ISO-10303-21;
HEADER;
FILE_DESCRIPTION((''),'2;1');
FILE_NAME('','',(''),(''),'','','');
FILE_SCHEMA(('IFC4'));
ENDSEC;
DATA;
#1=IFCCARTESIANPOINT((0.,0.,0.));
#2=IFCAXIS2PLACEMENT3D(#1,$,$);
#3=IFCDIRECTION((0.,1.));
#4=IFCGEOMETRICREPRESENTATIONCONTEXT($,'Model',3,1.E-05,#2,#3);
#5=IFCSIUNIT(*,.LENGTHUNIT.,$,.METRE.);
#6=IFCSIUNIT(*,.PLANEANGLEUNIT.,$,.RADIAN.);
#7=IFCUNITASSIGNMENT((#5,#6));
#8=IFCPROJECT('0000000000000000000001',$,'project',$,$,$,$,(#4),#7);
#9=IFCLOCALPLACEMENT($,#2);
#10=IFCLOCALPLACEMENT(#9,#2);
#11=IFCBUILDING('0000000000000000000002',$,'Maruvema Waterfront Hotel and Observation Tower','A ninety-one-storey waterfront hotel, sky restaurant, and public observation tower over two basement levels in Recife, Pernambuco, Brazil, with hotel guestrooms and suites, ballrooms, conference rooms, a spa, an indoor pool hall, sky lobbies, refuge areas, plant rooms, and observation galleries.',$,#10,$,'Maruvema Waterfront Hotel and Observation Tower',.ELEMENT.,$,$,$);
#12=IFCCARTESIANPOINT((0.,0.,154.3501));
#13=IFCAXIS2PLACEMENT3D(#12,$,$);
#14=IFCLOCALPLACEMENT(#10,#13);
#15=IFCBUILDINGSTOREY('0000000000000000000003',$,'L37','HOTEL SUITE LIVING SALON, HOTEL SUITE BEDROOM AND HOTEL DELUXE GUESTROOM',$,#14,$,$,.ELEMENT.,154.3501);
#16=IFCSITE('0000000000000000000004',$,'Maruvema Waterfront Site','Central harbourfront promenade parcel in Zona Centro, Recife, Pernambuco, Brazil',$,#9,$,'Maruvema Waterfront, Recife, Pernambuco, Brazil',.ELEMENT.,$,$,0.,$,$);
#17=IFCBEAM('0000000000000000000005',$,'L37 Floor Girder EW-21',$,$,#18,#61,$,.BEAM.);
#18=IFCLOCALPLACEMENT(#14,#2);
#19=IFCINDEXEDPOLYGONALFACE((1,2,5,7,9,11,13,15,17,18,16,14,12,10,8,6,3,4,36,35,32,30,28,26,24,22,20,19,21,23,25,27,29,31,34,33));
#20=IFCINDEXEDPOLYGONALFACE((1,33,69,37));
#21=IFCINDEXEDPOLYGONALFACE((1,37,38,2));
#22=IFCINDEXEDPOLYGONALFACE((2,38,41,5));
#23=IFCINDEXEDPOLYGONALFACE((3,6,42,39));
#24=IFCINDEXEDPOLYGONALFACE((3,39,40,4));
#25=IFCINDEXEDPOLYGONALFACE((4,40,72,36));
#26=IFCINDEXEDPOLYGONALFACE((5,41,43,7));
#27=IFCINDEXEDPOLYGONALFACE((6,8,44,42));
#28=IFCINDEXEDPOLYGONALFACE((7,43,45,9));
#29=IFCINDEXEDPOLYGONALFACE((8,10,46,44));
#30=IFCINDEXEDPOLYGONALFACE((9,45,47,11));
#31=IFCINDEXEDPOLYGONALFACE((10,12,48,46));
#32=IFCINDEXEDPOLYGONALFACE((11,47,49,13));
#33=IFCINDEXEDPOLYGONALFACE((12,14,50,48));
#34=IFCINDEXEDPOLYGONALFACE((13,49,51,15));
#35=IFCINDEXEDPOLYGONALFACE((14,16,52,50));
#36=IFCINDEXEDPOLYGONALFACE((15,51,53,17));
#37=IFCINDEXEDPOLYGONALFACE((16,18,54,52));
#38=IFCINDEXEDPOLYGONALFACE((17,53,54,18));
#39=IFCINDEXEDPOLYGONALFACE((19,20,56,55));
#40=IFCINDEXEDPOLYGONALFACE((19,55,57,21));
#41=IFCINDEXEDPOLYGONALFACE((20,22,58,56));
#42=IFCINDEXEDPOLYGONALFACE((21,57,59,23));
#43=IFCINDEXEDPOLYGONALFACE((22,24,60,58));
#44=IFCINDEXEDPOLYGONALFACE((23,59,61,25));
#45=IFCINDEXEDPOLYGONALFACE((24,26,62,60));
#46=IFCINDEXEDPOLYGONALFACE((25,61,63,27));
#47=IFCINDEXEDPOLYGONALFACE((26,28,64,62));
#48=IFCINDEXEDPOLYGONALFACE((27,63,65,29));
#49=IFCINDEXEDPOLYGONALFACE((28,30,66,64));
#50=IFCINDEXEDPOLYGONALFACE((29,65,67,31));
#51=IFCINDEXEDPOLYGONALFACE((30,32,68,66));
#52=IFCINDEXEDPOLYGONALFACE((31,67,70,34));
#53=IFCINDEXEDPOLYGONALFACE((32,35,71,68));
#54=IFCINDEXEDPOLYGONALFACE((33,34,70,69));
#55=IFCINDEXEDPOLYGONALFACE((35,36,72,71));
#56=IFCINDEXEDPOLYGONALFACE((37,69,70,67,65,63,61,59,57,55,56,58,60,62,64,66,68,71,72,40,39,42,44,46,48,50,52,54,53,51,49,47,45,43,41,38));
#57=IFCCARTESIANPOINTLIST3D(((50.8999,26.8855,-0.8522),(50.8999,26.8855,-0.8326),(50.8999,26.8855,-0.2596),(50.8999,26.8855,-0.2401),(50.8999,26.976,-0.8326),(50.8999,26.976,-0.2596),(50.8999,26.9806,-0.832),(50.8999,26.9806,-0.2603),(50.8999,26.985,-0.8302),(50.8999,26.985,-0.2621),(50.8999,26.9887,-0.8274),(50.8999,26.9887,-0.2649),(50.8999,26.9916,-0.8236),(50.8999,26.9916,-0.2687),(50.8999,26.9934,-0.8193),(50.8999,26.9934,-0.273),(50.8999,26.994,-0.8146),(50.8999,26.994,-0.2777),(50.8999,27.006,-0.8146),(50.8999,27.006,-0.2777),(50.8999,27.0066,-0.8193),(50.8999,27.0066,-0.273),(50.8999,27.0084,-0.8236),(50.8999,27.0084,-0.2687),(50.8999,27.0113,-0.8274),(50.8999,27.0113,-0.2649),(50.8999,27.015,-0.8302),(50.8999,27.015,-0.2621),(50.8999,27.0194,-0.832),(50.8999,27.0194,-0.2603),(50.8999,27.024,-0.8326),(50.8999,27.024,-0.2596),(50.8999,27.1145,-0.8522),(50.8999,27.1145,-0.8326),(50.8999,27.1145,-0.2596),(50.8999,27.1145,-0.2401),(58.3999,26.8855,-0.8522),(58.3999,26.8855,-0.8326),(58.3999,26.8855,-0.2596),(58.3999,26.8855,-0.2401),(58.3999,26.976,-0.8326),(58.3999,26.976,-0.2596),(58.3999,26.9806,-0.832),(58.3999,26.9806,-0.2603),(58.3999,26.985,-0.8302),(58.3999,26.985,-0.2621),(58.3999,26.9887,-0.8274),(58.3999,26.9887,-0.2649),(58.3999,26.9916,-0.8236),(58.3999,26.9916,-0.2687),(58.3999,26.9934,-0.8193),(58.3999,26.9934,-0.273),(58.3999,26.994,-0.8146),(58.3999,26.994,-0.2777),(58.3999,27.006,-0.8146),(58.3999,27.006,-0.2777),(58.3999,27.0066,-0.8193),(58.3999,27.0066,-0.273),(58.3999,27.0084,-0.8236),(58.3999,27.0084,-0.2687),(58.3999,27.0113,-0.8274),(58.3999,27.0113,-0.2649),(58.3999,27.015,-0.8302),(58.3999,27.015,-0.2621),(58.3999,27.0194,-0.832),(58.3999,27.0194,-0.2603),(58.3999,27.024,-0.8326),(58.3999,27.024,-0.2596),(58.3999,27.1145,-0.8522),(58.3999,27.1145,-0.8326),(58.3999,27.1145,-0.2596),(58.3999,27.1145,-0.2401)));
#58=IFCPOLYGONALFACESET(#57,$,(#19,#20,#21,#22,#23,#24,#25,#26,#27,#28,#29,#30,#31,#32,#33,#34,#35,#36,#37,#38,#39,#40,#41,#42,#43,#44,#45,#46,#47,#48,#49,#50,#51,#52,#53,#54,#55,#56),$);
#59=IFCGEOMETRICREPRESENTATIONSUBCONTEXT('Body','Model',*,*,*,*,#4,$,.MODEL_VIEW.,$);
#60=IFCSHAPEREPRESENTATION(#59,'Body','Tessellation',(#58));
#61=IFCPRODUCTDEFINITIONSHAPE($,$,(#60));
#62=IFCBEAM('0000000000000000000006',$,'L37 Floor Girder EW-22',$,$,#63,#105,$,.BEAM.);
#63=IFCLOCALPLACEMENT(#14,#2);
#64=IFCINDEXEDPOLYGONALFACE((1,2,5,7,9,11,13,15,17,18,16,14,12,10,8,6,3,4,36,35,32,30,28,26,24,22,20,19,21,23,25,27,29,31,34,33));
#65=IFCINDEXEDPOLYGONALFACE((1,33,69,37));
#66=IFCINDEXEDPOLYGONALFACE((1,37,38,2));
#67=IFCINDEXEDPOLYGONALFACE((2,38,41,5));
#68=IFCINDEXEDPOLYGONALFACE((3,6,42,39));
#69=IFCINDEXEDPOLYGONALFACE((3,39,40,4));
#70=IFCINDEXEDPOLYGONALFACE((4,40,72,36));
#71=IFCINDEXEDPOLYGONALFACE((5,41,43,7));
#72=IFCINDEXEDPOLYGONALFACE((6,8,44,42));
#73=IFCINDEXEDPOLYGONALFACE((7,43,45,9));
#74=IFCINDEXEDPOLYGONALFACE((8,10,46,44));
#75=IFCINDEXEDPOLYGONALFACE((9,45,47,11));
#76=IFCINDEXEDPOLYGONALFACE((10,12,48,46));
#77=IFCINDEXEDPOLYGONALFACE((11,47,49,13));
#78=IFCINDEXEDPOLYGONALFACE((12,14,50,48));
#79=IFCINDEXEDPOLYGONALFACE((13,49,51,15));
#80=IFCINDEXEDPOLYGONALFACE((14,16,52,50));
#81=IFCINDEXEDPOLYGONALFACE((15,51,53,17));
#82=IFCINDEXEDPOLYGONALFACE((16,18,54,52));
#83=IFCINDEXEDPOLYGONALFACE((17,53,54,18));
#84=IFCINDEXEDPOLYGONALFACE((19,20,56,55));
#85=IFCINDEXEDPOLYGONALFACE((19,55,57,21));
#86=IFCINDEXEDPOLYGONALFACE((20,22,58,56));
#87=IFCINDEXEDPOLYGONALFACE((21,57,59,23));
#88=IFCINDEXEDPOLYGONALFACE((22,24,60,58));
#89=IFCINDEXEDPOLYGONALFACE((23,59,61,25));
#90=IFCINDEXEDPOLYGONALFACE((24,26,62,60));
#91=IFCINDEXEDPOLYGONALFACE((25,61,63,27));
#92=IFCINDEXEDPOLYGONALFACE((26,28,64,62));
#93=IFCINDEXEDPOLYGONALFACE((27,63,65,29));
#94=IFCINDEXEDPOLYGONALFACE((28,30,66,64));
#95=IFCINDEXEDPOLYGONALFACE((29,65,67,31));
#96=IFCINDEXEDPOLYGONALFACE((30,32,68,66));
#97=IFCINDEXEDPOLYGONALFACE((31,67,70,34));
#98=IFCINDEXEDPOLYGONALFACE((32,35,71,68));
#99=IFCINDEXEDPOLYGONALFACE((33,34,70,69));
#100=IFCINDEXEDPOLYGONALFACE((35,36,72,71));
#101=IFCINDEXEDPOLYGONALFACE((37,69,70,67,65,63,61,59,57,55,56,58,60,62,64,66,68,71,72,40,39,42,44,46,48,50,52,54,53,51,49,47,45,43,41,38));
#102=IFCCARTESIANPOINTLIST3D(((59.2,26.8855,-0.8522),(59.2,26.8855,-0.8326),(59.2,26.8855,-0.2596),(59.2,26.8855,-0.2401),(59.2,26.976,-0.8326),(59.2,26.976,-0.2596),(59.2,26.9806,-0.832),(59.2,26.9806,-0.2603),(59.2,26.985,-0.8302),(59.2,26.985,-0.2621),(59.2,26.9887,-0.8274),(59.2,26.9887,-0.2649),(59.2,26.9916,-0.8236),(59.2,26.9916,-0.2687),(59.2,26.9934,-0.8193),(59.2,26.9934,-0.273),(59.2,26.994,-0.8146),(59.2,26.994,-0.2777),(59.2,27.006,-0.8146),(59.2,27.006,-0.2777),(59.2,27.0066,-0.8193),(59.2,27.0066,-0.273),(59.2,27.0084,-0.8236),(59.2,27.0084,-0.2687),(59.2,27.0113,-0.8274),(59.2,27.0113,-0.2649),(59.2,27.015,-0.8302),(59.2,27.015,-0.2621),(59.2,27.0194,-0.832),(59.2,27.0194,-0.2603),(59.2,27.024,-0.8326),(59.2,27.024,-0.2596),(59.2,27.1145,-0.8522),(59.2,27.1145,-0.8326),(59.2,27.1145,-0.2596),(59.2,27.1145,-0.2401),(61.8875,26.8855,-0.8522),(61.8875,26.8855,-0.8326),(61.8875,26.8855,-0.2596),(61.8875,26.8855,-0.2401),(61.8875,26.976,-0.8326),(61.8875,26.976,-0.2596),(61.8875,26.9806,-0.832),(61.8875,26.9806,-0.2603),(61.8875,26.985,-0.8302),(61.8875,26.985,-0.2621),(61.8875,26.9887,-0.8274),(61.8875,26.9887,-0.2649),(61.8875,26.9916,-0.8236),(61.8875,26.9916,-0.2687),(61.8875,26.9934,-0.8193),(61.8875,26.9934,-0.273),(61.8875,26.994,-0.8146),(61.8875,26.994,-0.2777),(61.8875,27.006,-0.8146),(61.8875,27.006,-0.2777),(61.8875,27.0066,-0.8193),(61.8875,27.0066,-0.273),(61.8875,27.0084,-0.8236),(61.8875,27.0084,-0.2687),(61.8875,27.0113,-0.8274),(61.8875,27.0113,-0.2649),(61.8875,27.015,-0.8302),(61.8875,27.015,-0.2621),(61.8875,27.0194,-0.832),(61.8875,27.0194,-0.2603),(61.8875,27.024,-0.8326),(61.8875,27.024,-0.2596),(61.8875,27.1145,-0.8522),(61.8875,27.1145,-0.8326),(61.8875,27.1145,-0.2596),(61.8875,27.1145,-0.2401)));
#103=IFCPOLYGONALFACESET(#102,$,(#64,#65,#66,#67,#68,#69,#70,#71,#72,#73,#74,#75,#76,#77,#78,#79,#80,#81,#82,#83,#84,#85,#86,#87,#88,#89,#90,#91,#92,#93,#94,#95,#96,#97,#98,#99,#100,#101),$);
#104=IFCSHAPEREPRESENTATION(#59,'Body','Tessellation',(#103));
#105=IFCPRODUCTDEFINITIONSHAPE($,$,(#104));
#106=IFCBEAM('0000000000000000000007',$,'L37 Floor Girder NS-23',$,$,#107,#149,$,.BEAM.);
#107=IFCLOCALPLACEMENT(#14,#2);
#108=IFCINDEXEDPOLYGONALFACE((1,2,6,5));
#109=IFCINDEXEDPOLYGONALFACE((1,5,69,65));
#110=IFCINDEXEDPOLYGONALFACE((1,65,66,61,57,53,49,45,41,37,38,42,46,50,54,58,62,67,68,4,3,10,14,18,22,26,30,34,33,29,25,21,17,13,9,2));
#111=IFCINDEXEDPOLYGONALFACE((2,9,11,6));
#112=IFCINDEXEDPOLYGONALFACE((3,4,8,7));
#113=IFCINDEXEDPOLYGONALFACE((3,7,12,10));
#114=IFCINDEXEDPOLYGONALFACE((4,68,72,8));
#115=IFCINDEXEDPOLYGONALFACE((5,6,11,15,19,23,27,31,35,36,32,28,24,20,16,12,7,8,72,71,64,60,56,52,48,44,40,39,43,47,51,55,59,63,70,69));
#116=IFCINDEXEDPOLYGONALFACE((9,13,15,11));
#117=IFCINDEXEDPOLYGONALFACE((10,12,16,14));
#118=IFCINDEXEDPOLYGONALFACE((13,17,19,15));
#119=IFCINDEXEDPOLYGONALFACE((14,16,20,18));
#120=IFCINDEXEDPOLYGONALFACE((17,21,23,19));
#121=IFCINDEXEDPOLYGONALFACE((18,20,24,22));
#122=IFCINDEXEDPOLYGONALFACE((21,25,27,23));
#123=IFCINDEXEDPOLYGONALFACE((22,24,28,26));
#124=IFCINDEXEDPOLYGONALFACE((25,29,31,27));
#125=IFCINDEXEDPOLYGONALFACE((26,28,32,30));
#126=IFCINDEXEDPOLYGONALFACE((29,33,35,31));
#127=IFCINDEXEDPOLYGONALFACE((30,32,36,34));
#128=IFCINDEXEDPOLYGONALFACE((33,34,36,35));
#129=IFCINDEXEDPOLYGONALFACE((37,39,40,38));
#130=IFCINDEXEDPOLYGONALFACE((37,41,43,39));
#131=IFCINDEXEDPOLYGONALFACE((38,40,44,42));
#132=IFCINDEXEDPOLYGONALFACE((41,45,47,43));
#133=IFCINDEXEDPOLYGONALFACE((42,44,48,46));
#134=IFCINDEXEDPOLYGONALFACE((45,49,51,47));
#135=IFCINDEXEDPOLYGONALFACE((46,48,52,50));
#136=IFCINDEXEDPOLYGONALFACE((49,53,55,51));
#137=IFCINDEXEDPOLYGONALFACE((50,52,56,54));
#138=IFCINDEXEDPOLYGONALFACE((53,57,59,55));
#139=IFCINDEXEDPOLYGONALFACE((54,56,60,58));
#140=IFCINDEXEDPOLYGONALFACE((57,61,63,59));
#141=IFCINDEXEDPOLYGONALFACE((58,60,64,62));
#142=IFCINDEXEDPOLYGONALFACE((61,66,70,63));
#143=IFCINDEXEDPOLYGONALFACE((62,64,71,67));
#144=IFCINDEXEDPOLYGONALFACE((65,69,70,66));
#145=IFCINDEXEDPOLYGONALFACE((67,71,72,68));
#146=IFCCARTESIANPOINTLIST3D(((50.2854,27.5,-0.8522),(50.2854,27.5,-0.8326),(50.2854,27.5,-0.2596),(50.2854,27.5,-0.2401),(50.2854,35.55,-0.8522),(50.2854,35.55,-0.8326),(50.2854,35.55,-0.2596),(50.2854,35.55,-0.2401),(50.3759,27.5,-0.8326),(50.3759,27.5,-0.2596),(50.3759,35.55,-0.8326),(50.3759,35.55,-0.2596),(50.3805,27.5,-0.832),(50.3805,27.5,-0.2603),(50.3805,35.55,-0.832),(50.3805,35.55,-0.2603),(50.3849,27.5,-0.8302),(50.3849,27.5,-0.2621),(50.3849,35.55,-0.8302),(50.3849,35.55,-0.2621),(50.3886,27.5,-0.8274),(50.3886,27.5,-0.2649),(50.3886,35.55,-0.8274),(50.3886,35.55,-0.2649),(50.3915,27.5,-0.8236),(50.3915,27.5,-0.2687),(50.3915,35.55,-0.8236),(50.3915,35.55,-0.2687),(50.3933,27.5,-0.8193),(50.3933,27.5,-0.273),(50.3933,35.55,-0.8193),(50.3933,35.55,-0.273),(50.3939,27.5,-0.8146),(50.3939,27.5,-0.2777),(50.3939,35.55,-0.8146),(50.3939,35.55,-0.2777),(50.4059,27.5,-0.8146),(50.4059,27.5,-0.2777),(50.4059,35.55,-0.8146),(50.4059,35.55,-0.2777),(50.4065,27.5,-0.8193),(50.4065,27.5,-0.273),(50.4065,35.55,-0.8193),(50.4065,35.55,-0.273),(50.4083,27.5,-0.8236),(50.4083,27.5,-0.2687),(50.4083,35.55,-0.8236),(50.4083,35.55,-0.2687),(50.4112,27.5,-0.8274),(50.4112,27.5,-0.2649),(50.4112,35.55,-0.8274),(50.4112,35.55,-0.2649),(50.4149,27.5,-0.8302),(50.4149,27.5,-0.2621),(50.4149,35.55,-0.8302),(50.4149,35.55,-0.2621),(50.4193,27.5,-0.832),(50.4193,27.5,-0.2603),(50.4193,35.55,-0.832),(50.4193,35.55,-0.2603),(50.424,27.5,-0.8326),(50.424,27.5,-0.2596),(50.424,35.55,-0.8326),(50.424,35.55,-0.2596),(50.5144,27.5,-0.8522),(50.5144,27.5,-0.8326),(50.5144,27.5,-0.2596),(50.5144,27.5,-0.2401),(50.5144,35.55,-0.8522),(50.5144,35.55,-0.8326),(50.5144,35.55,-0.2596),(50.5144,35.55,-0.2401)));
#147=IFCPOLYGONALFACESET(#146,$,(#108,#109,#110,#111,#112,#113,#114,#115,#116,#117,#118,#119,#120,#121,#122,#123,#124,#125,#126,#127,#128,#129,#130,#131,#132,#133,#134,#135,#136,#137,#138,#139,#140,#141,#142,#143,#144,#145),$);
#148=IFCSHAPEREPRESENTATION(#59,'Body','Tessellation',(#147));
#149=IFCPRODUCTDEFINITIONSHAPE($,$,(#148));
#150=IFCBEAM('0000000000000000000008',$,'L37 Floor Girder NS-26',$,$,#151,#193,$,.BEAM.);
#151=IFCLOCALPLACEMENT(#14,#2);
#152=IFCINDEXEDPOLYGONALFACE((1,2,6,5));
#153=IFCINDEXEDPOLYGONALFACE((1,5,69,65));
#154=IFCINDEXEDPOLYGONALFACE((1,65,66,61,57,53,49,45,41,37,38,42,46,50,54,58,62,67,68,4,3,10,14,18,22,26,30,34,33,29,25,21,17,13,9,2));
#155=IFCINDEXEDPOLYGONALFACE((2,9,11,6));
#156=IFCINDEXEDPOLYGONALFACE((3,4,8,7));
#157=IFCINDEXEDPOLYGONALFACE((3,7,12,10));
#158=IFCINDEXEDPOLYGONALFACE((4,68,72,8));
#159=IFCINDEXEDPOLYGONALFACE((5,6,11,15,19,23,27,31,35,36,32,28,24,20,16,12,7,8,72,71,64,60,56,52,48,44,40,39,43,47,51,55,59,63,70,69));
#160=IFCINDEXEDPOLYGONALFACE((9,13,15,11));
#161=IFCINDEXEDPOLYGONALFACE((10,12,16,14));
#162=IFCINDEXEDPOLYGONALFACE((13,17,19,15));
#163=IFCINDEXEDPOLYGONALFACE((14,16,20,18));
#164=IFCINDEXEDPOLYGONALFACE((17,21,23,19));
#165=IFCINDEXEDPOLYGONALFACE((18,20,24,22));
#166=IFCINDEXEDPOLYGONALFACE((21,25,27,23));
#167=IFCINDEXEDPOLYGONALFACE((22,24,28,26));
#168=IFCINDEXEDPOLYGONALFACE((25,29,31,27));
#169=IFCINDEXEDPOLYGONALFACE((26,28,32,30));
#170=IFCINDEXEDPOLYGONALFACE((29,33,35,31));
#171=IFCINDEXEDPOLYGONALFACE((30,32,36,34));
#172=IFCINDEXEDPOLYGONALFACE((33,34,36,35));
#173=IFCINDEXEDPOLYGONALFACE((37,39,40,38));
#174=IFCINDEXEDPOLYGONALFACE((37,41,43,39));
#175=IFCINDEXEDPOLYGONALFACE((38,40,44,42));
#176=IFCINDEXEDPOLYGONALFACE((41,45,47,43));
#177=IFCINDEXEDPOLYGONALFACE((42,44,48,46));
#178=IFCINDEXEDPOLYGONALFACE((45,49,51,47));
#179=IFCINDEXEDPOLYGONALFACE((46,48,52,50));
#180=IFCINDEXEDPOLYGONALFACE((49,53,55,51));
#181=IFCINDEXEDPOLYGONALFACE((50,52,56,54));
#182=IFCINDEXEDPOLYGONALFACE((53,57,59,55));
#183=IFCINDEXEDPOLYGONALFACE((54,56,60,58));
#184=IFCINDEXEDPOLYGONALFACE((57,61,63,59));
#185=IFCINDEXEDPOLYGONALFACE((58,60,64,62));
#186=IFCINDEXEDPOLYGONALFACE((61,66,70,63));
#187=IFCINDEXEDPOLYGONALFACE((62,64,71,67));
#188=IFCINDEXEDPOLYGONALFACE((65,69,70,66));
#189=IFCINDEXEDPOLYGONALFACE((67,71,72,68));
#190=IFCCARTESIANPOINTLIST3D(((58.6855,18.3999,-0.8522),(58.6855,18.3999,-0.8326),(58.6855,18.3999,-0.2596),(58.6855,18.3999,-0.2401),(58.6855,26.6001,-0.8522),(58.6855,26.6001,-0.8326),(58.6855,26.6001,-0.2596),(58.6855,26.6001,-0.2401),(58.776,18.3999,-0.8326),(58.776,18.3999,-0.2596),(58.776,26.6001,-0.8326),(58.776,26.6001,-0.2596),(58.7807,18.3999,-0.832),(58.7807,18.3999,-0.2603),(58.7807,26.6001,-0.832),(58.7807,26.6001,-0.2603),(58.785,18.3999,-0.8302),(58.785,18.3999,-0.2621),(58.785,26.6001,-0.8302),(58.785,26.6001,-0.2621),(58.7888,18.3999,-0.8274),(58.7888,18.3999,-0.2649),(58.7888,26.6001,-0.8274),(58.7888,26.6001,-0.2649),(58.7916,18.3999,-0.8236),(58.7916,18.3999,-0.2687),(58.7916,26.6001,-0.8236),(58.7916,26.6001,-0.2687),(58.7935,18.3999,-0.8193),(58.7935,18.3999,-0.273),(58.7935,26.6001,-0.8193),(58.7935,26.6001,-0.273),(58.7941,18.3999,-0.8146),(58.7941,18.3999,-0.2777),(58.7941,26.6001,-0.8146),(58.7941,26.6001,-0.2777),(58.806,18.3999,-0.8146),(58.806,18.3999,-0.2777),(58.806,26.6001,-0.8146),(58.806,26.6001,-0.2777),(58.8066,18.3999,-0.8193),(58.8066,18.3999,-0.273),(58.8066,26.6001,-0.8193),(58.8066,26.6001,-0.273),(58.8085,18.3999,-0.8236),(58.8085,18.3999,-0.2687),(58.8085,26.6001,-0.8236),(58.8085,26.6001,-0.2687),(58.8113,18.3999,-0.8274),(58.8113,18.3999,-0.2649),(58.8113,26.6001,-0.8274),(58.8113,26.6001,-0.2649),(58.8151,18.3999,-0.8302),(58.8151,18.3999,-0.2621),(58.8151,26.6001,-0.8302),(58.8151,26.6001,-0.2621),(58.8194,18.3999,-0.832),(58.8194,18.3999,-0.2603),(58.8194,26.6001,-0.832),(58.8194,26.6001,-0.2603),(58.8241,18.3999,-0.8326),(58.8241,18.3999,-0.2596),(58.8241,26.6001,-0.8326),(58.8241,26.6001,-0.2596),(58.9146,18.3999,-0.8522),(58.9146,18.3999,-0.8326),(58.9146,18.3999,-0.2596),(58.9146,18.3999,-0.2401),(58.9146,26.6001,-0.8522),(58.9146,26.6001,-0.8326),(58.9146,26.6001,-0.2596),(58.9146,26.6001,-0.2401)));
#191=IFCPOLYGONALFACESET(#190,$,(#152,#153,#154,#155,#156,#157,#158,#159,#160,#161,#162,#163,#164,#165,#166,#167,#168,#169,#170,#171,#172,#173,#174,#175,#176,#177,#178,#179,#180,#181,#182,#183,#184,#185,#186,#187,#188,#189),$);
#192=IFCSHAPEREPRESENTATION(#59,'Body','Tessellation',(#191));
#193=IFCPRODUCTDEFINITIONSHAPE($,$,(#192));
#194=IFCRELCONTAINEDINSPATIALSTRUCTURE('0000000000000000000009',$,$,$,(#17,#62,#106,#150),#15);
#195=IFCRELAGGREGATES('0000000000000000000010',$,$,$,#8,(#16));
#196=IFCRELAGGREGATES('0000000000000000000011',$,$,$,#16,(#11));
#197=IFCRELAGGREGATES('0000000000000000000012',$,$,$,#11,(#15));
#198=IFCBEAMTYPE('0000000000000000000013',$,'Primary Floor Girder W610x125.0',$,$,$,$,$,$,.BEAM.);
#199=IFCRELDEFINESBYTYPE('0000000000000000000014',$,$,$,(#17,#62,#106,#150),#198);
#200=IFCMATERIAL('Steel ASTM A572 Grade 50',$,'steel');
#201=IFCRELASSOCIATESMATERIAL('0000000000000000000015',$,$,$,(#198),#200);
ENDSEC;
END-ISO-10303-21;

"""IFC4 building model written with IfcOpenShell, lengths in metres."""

from ifc_helpers import new_model, si_unit, direction, frame, origin, origin_2d, place, context, subcontext, project, spatial, i_section, extrude, material, material_profile, profile_set, type_object, element, save


model = new_model("IFC4")

# Units and contexts
model_context = context("Model", 3, precision=1e-05, world=origin(), true_north=direction((0.0, 1.0)))
body_context = subcontext(model_context, "Body", "Model", "MODEL_VIEW")
ifc_project = project(units=[si_unit("LENGTHUNIT", "METRE"), si_unit("PLANEANGLEUNIT", "RADIAN")], contexts=[model_context])

# Site, building, storey
site_placement = place(None, origin())
site = spatial("IfcSite", under=ifc_project, at=site_placement, Name="Maruvema Waterfront Site", Description="Central harbourfront promenade parcel in Zona Centro, Recife, Pernambuco, Brazil", LongName="Maruvema Waterfront, Recife, Pernambuco, Brazil", CompositionType="ELEMENT", RefElevation=0.0)
building_placement = place(site_placement, origin())
building = spatial("IfcBuilding", under=site, at=building_placement, Name="Maruvema Waterfront Hotel and Observation Tower", Description="A ninety-one-storey waterfront hotel, sky restaurant, and public observation tower over two basement levels in Recife, Pernambuco, Brazil, with hotel guestrooms and suites, ballrooms, conference rooms, a spa, an indoor pool hall, sky lobbies, refuge areas, plant rooms, and observation galleries.", LongName="Maruvema Waterfront Hotel and Observation Tower", CompositionType="ELEMENT")
storey_placement = place(building_placement, frame((0.0, 0.0, 154.3501)))
storey = spatial("IfcBuildingStorey", under=building, at=storey_placement, Name="L37", Description="HOTEL SUITE LIVING SALON, HOTEL SUITE BEDROOM AND HOTEL DELUXE GUESTROOM", CompositionType="ELEMENT", Elevation=154.3501)

# Beams
ifc_material_1 = material(Name="Steel ASTM A572 Grade 50", Category="steel")
ifc_material_profile_1 = material_profile(ifc_material_1, i_section(OverallWidth=0.229, OverallDepth=0.6121, WebThickness=0.012, FlangeThickness=0.0195, FilletRadius=0.0181, at=origin_2d()), Name="W610x125.0")
ifc_profile_set_1 = profile_set([ifc_material_profile_1], Name="Steel ASTM A572 Grade 50")
beam_type_1 = type_object("IfcBeamType", Name="Primary Floor Girder W610x125.0", PredefinedType="BEAM", material=ifc_profile_set_1)
beam_1_placement = place(storey_placement, frame((50.8999, 27.0, -0.5461), z_axis=(1.0, 0.0, 0.0), x_axis=(0.0, 1.0, 0.0)))
element("IfcBeam", 1, at=beam_1_placement, inside=storey, type_object=beam_type_1, Name="L37 Floor Girder EW-21", PredefinedType="BEAM", context=body_context, shape_type="SweptSolid", body=[
    extrude(i_section(OverallWidth=0.229, OverallDepth=0.6121, WebThickness=0.012, FlangeThickness=0.0195, FilletRadius=0.0181, at=origin_2d()), origin(), (0.0, 0.0, 1.0), 7.5),
])
beam_2_placement = place(storey_placement, frame((59.2, 27.0, -0.5461), z_axis=(1.0, 0.0, 0.0), x_axis=(0.0, 1.0, 0.0)))
element("IfcBeam", 2, at=beam_2_placement, inside=storey, type_object=beam_type_1, Name="L37 Floor Girder EW-22", PredefinedType="BEAM", context=body_context, shape_type="SweptSolid", body=[
    extrude(i_section(OverallWidth=0.229, OverallDepth=0.6121, WebThickness=0.012, FlangeThickness=0.0195, FilletRadius=0.0181, at=origin_2d()), origin(), (0.0, 0.0, 1.0), 2.6875),
])
beam_3_placement = place(storey_placement, frame((50.3999, 27.5, -0.5461), z_axis=(0.0, 1.0, 0.0), x_axis=(-1.0, 0.0, 0.0)))
element("IfcBeam", 3, at=beam_3_placement, inside=storey, type_object=beam_type_1, Name="L37 Floor Girder NS-23", PredefinedType="BEAM", context=body_context, shape_type="SweptSolid", body=[
    extrude(i_section(OverallWidth=0.229, OverallDepth=0.6121, WebThickness=0.012, FlangeThickness=0.0195, FilletRadius=0.0181, at=origin_2d()), origin(), (0.0, 0.0, 1.0), 8.05),
])
for number, where, z_axis, x_axis, name in (
    (4, (58.8, 18.3999, -0.5461), (0.0, 1.0, 0.0), (-1.0, 0.0, 0.0), "L37 Floor Girder NS-26"),
):
    element("IfcBeam", number, at=place(storey_placement, frame(where, z_axis=z_axis, x_axis=x_axis)), inside=storey, type_object=beam_type_1, Name=name, PredefinedType="BEAM", context=body_context, shape_type="SweptSolid", body=[
        extrude(i_section(OverallWidth=0.229, OverallDepth=0.6121, WebThickness=0.012, FlangeThickness=0.0195, FilletRadius=0.0181, at=origin_2d()), origin(), (0.0, 0.0, 1.0), 8.2002),
    ])

save(model, "model.ifc")
